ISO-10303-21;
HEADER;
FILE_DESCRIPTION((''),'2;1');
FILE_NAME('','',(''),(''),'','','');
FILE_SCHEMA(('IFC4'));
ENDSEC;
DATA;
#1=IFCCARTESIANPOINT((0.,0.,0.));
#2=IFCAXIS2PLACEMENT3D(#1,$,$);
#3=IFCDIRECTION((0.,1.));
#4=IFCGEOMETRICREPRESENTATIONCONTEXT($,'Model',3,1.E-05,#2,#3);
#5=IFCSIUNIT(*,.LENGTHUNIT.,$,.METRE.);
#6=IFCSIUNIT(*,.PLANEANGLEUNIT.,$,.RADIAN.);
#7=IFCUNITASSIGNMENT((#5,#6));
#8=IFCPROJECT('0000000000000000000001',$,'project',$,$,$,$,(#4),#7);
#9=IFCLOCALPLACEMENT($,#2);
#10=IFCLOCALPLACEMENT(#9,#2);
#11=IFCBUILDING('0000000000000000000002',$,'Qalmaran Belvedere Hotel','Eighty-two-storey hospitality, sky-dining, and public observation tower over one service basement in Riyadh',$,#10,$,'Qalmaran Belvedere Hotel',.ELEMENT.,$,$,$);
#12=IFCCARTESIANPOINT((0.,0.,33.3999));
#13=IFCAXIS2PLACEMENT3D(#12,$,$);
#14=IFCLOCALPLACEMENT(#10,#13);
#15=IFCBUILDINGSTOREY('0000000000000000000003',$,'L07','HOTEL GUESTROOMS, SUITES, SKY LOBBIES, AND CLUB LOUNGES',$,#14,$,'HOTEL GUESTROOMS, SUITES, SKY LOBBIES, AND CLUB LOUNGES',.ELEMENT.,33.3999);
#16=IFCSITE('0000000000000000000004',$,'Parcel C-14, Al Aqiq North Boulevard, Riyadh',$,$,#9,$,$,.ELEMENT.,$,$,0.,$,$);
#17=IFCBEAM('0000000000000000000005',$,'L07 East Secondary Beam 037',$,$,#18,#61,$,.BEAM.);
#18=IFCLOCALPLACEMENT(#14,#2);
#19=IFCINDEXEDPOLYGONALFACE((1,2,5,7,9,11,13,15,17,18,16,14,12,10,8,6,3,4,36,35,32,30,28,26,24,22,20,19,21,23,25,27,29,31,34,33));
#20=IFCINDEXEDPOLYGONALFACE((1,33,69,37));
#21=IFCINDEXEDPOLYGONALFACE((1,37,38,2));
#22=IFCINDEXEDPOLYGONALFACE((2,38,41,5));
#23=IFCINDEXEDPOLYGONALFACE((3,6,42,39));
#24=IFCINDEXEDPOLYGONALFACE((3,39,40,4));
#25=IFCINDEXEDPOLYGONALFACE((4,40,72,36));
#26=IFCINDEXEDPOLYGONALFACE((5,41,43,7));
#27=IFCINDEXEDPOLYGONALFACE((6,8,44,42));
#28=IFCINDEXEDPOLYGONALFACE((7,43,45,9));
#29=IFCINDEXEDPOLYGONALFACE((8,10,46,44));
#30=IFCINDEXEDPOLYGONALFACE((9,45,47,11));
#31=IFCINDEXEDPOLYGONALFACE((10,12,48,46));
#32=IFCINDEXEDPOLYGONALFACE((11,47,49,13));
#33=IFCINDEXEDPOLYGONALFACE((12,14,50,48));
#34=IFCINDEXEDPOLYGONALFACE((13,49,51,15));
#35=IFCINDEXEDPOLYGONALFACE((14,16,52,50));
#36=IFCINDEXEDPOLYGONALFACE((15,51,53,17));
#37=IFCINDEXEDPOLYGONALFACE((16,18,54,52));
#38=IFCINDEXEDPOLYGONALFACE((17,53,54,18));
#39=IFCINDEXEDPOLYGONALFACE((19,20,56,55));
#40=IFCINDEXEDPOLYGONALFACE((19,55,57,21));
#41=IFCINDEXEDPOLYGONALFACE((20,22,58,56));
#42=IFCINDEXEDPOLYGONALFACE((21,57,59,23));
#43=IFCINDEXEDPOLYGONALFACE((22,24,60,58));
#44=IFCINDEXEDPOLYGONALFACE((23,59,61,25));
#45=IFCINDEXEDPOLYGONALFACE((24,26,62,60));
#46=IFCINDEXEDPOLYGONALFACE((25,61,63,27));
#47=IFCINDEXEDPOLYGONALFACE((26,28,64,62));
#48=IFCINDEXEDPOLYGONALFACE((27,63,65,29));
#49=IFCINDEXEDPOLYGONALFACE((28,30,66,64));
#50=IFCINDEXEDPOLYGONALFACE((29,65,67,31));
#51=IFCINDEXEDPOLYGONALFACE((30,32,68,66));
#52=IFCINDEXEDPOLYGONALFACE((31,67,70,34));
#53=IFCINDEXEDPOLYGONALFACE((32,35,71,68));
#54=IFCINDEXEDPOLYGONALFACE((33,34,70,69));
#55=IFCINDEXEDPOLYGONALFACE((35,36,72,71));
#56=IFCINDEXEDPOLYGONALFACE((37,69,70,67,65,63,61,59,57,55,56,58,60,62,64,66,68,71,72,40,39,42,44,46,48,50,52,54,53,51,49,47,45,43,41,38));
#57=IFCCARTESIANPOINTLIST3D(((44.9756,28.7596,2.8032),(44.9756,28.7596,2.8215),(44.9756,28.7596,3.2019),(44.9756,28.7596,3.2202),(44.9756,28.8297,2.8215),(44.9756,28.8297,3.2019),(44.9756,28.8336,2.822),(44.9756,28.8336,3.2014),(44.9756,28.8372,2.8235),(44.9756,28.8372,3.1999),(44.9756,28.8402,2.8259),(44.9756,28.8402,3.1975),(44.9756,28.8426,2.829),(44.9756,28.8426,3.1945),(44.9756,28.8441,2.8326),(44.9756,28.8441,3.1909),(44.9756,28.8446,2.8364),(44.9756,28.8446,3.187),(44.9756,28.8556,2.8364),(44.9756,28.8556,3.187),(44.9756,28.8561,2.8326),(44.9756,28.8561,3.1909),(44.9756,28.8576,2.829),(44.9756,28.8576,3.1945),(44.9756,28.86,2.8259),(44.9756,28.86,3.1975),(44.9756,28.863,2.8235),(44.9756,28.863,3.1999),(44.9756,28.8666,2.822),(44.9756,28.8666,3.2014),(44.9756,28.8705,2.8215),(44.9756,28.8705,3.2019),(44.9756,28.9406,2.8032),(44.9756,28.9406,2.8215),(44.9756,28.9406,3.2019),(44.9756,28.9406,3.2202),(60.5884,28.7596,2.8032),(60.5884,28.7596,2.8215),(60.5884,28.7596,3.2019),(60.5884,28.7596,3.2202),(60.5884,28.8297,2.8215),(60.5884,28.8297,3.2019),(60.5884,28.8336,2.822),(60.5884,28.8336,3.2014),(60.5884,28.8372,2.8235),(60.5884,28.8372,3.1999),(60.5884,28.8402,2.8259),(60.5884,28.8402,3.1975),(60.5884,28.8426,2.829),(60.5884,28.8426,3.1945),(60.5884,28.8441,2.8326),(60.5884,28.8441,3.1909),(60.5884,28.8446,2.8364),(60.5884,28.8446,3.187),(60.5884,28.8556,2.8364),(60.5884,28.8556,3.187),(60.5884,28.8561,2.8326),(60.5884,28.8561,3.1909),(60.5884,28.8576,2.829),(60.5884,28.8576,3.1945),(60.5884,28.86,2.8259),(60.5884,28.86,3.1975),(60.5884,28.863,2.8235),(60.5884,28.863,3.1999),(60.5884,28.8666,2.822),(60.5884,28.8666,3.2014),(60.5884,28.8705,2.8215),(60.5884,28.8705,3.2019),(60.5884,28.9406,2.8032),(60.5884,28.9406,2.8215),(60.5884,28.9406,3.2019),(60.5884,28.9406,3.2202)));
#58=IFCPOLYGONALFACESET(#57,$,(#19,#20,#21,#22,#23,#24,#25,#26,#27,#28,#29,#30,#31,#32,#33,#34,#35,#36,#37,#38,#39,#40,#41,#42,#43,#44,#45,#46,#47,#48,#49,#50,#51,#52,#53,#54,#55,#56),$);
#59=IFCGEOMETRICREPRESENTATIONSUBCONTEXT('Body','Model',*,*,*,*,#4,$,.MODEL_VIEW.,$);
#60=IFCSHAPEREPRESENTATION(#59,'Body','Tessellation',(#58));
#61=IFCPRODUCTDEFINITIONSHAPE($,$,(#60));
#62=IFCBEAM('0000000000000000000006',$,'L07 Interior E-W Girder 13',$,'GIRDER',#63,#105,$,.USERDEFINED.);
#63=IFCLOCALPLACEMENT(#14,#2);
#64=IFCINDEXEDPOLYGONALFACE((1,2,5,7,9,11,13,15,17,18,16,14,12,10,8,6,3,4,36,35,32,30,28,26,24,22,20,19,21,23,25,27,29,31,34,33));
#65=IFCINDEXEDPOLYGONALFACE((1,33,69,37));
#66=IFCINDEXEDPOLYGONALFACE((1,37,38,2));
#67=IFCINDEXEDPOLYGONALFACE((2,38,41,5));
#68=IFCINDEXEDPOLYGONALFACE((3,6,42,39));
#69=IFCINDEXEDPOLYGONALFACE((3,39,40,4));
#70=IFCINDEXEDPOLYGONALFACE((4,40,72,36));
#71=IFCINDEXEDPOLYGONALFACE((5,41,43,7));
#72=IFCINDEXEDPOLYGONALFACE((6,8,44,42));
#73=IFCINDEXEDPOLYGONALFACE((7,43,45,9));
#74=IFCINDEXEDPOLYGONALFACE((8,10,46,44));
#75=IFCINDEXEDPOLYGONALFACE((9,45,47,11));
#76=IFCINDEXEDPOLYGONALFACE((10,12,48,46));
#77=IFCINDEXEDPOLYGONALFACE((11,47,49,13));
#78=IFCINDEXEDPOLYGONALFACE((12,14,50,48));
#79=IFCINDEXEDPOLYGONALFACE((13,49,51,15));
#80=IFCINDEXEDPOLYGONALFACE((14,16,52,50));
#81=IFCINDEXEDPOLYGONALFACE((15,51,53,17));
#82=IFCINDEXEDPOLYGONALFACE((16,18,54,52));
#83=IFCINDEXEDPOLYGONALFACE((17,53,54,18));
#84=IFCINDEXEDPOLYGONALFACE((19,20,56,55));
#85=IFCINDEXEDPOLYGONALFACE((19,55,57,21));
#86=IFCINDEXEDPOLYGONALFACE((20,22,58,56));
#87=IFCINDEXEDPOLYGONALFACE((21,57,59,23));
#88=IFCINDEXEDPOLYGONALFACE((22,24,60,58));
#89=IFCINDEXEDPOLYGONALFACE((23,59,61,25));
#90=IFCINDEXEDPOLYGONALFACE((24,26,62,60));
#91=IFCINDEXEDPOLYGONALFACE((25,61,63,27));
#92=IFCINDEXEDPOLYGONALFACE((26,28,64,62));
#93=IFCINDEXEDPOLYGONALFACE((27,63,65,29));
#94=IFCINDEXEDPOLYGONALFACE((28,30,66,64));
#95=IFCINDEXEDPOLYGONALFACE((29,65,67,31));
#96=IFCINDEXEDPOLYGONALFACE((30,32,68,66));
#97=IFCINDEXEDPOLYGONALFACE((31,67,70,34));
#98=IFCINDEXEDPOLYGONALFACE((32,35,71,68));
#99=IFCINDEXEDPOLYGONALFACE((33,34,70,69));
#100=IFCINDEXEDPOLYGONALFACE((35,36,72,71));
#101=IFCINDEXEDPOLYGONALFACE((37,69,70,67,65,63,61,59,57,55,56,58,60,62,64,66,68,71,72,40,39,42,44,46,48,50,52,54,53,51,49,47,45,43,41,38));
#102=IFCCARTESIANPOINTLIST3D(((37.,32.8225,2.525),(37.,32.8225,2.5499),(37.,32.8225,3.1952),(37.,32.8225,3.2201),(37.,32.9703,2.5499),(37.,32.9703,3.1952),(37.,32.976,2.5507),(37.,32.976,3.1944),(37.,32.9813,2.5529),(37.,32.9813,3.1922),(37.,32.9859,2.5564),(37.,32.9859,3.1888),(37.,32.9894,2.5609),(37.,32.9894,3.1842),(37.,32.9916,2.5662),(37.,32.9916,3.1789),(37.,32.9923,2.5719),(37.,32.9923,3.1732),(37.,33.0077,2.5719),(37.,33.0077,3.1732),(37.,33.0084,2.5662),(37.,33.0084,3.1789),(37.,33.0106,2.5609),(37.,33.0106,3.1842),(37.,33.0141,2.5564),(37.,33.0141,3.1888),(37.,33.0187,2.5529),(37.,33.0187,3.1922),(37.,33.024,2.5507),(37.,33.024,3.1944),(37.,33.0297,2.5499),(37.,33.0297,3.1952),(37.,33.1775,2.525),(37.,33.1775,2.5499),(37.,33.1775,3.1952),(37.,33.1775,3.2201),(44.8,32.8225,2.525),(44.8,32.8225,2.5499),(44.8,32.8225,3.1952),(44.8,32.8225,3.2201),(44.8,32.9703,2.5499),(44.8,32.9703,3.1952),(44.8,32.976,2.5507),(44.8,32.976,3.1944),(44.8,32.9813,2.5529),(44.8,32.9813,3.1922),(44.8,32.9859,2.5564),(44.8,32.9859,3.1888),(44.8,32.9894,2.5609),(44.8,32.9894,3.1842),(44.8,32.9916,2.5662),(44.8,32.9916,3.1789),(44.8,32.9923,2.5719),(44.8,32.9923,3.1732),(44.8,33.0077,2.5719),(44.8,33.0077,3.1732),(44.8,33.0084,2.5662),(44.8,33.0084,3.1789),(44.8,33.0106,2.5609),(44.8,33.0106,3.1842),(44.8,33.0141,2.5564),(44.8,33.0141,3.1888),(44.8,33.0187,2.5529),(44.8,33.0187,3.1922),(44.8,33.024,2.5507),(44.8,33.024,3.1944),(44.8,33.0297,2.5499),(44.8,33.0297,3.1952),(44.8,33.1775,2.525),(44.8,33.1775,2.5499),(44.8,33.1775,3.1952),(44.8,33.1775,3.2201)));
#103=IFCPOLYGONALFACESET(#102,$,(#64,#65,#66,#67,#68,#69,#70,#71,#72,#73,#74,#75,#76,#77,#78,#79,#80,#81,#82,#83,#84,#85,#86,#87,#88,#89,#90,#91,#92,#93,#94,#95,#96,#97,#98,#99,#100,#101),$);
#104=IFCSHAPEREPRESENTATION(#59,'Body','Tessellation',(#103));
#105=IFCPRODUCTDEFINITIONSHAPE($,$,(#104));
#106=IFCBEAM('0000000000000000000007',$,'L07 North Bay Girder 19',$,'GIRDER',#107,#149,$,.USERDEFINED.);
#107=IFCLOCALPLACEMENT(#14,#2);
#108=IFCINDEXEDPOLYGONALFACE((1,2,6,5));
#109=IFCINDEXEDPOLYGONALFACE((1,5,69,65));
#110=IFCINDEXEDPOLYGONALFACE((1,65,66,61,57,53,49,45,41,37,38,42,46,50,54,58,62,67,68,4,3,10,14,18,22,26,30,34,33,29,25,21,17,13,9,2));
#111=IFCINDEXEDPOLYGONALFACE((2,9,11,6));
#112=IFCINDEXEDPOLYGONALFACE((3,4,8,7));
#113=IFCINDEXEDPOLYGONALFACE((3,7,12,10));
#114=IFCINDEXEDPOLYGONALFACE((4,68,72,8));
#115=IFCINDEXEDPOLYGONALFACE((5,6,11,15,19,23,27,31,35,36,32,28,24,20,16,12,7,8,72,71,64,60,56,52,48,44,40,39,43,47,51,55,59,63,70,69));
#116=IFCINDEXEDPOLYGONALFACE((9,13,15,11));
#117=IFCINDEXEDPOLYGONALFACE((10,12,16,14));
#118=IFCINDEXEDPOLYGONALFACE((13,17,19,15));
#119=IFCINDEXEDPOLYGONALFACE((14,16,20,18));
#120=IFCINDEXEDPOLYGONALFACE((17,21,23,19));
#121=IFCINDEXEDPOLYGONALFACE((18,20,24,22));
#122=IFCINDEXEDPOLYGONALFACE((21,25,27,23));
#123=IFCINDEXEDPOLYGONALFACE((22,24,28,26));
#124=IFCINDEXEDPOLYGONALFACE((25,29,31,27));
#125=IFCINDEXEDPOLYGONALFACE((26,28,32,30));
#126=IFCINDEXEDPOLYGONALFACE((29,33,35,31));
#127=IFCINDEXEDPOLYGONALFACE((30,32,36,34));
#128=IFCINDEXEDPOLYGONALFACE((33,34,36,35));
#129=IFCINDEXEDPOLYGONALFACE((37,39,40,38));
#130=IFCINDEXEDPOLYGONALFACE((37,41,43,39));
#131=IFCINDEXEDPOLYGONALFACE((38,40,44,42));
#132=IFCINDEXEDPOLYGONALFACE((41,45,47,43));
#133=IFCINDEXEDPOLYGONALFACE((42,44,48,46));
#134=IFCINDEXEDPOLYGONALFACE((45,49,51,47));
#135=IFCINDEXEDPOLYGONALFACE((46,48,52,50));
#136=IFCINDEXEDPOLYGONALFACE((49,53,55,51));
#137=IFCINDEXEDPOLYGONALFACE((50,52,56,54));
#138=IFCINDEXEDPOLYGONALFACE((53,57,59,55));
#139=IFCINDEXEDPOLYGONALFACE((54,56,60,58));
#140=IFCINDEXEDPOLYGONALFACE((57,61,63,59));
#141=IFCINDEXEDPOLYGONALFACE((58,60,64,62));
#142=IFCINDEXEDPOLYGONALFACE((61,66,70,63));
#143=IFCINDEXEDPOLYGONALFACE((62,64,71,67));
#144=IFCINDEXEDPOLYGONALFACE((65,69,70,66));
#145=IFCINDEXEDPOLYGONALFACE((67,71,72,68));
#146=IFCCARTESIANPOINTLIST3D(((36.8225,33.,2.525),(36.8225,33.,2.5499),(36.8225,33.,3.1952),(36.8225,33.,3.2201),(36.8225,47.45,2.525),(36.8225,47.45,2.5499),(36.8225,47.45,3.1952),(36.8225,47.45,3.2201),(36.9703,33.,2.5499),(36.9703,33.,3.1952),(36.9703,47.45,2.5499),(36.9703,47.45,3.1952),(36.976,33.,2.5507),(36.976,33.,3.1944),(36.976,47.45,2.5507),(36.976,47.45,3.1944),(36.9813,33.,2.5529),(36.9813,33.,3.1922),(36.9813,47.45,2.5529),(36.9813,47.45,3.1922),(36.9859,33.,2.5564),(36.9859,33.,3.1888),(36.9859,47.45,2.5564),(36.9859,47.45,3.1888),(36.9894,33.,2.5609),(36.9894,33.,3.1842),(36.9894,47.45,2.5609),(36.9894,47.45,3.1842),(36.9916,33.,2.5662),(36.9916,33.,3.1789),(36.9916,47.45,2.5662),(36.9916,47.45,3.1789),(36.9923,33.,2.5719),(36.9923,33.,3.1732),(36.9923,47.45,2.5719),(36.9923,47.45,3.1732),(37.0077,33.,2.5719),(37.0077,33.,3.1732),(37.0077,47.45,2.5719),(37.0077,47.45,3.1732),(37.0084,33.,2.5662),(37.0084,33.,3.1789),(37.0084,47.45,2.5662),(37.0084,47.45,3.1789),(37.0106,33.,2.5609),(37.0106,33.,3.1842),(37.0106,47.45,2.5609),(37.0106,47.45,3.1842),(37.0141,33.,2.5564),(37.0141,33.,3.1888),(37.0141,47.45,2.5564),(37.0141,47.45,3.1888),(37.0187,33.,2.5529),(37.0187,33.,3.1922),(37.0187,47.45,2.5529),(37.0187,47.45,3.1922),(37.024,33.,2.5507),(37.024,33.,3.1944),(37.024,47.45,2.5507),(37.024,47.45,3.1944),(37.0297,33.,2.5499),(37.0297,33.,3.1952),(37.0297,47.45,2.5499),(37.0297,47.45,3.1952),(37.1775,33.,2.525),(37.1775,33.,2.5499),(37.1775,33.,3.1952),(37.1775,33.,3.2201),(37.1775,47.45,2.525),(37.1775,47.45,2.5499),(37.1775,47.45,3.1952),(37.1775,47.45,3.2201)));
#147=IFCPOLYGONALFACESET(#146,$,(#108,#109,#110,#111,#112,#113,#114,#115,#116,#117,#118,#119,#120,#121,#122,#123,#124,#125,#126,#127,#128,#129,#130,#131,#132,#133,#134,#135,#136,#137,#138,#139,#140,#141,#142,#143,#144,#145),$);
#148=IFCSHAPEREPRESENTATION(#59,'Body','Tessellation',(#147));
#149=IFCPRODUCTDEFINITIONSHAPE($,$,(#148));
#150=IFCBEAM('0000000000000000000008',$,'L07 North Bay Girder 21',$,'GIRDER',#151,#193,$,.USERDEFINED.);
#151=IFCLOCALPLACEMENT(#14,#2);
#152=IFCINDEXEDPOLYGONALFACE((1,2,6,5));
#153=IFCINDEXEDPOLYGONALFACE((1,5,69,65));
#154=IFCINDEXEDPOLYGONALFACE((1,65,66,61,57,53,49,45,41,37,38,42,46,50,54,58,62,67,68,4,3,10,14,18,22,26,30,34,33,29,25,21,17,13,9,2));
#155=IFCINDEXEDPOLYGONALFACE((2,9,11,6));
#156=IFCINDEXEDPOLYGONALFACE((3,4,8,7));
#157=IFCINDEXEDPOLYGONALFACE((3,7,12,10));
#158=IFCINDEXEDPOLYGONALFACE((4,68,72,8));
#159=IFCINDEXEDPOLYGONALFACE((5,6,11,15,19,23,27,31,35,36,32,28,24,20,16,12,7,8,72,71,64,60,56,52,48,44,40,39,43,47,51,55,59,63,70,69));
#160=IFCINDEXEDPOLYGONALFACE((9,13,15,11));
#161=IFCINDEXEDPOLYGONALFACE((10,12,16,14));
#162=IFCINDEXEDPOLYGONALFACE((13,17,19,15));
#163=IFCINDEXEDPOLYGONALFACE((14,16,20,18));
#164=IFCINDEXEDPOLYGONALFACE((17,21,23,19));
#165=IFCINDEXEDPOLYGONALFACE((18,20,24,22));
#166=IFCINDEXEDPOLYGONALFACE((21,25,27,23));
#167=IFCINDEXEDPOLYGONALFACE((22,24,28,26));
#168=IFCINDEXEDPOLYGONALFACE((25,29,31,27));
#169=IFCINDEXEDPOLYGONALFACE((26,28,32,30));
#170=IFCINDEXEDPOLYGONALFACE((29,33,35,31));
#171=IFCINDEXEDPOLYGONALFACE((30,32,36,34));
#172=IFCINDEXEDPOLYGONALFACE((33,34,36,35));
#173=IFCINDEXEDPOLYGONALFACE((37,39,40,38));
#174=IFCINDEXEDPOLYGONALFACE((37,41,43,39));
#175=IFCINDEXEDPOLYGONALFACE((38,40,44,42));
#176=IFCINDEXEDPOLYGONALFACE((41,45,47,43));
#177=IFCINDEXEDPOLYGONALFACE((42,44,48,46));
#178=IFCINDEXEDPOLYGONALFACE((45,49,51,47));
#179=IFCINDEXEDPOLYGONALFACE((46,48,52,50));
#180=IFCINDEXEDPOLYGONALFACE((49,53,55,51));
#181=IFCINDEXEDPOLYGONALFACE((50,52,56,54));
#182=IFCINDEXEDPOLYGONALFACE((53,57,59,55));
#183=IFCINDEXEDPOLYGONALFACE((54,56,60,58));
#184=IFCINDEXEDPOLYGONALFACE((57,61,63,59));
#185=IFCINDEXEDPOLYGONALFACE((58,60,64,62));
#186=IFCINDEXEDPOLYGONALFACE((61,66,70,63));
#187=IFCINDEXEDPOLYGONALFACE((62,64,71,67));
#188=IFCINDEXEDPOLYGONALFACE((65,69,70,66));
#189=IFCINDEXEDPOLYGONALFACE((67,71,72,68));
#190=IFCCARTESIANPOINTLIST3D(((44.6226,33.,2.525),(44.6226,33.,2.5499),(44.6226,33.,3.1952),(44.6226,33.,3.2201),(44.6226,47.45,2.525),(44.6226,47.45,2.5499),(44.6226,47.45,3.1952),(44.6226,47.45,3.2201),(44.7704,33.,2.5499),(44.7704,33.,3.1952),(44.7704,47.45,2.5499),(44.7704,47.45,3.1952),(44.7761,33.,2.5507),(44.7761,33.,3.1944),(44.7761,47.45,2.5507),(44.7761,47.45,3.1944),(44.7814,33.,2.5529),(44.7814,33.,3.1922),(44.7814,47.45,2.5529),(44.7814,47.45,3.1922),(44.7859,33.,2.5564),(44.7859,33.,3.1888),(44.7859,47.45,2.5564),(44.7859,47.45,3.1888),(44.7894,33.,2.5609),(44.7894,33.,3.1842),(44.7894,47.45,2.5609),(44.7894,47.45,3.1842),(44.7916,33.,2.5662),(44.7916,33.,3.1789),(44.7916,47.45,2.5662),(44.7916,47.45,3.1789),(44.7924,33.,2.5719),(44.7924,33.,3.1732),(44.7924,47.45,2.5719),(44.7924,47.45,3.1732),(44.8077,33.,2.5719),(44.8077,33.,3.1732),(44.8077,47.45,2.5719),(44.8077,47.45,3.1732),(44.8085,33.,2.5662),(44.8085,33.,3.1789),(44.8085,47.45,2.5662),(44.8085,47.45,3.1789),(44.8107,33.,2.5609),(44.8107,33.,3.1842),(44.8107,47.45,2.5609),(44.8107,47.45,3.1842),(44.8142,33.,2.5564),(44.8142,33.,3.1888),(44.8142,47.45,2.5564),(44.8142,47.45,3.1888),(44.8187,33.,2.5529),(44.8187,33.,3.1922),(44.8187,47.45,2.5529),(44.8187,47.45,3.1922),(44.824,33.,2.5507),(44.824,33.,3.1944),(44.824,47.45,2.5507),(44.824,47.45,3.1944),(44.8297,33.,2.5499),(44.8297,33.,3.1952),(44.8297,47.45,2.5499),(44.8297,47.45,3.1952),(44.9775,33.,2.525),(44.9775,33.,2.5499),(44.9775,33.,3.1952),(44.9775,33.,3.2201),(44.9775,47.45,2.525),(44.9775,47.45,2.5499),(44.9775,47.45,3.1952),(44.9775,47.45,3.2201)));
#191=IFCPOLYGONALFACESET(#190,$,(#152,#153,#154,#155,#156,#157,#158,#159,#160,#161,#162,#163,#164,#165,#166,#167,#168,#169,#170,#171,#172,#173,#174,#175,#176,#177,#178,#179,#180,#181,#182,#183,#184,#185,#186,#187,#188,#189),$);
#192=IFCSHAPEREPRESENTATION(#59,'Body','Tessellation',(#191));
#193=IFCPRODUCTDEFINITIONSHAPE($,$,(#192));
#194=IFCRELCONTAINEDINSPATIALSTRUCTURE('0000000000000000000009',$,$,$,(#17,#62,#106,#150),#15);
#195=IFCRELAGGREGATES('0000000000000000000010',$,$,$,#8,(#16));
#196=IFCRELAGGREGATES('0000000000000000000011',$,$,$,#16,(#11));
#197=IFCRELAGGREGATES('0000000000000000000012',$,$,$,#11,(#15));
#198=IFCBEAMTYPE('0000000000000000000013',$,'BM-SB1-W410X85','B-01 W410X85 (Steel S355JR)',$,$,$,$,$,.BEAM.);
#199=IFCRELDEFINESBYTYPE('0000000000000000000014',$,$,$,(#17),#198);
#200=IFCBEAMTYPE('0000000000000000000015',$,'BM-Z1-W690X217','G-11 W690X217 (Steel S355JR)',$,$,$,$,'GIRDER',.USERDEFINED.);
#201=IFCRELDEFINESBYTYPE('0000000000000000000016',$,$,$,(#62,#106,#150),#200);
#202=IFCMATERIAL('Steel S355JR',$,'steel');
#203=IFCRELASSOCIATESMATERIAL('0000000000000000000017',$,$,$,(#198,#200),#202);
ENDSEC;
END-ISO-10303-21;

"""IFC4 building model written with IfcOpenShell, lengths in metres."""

from ifc_helpers import new_model, si_unit, direction, frame, origin, origin_2d, place, context, subcontext, project, spatial, i_section, extrude, material, material_profile, profile_set, type_object, element, save


model = new_model("IFC4")

# Units and contexts
model_context = context("Model", 3, precision=1e-05, world=origin(), true_north=direction((0.0, 1.0)))
body_context = subcontext(model_context, "Body", "Model", "MODEL_VIEW")
ifc_project = project(units=[si_unit("LENGTHUNIT", "METRE"), si_unit("PLANEANGLEUNIT", "RADIAN")], contexts=[model_context])

# Site, building, storey
site_placement = place(None, origin())
site = spatial("IfcSite", under=ifc_project, at=site_placement, Name="Parcel C-14, Al Aqiq North Boulevard, Riyadh", CompositionType="ELEMENT", RefElevation=0.0)
building_placement = place(site_placement, origin())
building = spatial("IfcBuilding", under=site, at=building_placement, Name="Qalmaran Belvedere Hotel", Description="Eighty-two-storey hospitality, sky-dining, and public observation tower over one service basement in Riyadh", LongName="Qalmaran Belvedere Hotel", CompositionType="ELEMENT")
storey_placement = place(building_placement, frame((0.0, 0.0, 33.3999)))
storey = spatial("IfcBuildingStorey", under=building, at=storey_placement, Name="L07", Description="HOTEL GUESTROOMS, SUITES, SKY LOBBIES, AND CLUB LOUNGES", LongName="HOTEL GUESTROOMS, SUITES, SKY LOBBIES, AND CLUB LOUNGES", CompositionType="ELEMENT", Elevation=33.3999)

# Beams
ifc_material_1 = material(Name="Steel S355JR", Category="steel")
ifc_material_profile_1 = material_profile(ifc_material_1, i_section(OverallWidth=0.1809, OverallDepth=0.417, WebThickness=0.011, FlangeThickness=0.0183, FilletRadius=0.0149, at=origin_2d()), Name="W410X85")
ifc_profile_set_1 = profile_set([ifc_material_profile_1], Name="Steel S355JR")
beam_type_1 = type_object("IfcBeamType", Name="BM-SB1-W410X85", Description="B-01 W410X85 (Steel S355JR)", PredefinedType="BEAM", material=ifc_profile_set_1)
beam_1_placement = place(storey_placement, frame((44.9756, 28.8501, 3.0117), z_axis=(1.0, 0.0, 0.0), x_axis=(0.0, 1.0, 0.0)))
element("IfcBeam", 1, at=beam_1_placement, inside=storey, type_object=beam_type_1, Name="L07 East Secondary Beam 037", PredefinedType="BEAM", context=body_context, shape_type="SweptSolid", body=[
    extrude(i_section(OverallWidth=0.1809, OverallDepth=0.417, WebThickness=0.011, FlangeThickness=0.0183, FilletRadius=0.0149, at=origin_2d()), origin(), (0.0, 0.0, 1.0), 15.6128),
])
ifc_material_profile_2 = material_profile(ifc_material_1, i_section(OverallWidth=0.355, OverallDepth=0.6951, WebThickness=0.0154, FlangeThickness=0.0249, FilletRadius=0.022, at=origin_2d()), Name="W690X217")
ifc_profile_set_2 = profile_set([ifc_material_profile_2], Name="Steel S355JR")
beam_type_2 = type_object("IfcBeamType", Name="BM-Z1-W690X217", Description="G-11 W690X217 (Steel S355JR)", ElementType="GIRDER", PredefinedType="USERDEFINED", material=ifc_profile_set_2)
beam_2_placement = place(storey_placement, frame((37.0, 33.0, 2.8726), z_axis=(1.0, 0.0, 0.0), x_axis=(0.0, 1.0, 0.0)))
element("IfcBeam", 2, at=beam_2_placement, inside=storey, type_object=beam_type_2, Name="L07 Interior E-W Girder 13", ObjectType="GIRDER", PredefinedType="USERDEFINED", context=body_context, shape_type="SweptSolid", body=[
    extrude(i_section(OverallWidth=0.355, OverallDepth=0.6951, WebThickness=0.0154, FlangeThickness=0.0249, FilletRadius=0.022, at=origin_2d()), origin(), (0.0, 0.0, 1.0), 7.8),
])
for number, where, z_axis, x_axis, name in (
    (3, (37.0, 33.0, 2.8726), (0.0, 1.0, 0.0), (-1.0, 0.0, 0.0), "L07 North Bay Girder 19"),
    (4, (44.8, 33.0, 2.8726), (0.0, 1.0, 0.0), (-1.0, 0.0, 0.0), "L07 North Bay Girder 21"),
):
    element("IfcBeam", number, at=place(storey_placement, frame(where, z_axis=z_axis, x_axis=x_axis)), inside=storey, type_object=beam_type_2, Name=name, ObjectType="GIRDER", PredefinedType="USERDEFINED", context=body_context, shape_type="SweptSolid", body=[
        extrude(i_section(OverallWidth=0.355, OverallDepth=0.6951, WebThickness=0.0154, FlangeThickness=0.0249, FilletRadius=0.022, at=origin_2d()), origin(), (0.0, 0.0, 1.0), 14.45),
    ])

save(model, "model.ifc")
